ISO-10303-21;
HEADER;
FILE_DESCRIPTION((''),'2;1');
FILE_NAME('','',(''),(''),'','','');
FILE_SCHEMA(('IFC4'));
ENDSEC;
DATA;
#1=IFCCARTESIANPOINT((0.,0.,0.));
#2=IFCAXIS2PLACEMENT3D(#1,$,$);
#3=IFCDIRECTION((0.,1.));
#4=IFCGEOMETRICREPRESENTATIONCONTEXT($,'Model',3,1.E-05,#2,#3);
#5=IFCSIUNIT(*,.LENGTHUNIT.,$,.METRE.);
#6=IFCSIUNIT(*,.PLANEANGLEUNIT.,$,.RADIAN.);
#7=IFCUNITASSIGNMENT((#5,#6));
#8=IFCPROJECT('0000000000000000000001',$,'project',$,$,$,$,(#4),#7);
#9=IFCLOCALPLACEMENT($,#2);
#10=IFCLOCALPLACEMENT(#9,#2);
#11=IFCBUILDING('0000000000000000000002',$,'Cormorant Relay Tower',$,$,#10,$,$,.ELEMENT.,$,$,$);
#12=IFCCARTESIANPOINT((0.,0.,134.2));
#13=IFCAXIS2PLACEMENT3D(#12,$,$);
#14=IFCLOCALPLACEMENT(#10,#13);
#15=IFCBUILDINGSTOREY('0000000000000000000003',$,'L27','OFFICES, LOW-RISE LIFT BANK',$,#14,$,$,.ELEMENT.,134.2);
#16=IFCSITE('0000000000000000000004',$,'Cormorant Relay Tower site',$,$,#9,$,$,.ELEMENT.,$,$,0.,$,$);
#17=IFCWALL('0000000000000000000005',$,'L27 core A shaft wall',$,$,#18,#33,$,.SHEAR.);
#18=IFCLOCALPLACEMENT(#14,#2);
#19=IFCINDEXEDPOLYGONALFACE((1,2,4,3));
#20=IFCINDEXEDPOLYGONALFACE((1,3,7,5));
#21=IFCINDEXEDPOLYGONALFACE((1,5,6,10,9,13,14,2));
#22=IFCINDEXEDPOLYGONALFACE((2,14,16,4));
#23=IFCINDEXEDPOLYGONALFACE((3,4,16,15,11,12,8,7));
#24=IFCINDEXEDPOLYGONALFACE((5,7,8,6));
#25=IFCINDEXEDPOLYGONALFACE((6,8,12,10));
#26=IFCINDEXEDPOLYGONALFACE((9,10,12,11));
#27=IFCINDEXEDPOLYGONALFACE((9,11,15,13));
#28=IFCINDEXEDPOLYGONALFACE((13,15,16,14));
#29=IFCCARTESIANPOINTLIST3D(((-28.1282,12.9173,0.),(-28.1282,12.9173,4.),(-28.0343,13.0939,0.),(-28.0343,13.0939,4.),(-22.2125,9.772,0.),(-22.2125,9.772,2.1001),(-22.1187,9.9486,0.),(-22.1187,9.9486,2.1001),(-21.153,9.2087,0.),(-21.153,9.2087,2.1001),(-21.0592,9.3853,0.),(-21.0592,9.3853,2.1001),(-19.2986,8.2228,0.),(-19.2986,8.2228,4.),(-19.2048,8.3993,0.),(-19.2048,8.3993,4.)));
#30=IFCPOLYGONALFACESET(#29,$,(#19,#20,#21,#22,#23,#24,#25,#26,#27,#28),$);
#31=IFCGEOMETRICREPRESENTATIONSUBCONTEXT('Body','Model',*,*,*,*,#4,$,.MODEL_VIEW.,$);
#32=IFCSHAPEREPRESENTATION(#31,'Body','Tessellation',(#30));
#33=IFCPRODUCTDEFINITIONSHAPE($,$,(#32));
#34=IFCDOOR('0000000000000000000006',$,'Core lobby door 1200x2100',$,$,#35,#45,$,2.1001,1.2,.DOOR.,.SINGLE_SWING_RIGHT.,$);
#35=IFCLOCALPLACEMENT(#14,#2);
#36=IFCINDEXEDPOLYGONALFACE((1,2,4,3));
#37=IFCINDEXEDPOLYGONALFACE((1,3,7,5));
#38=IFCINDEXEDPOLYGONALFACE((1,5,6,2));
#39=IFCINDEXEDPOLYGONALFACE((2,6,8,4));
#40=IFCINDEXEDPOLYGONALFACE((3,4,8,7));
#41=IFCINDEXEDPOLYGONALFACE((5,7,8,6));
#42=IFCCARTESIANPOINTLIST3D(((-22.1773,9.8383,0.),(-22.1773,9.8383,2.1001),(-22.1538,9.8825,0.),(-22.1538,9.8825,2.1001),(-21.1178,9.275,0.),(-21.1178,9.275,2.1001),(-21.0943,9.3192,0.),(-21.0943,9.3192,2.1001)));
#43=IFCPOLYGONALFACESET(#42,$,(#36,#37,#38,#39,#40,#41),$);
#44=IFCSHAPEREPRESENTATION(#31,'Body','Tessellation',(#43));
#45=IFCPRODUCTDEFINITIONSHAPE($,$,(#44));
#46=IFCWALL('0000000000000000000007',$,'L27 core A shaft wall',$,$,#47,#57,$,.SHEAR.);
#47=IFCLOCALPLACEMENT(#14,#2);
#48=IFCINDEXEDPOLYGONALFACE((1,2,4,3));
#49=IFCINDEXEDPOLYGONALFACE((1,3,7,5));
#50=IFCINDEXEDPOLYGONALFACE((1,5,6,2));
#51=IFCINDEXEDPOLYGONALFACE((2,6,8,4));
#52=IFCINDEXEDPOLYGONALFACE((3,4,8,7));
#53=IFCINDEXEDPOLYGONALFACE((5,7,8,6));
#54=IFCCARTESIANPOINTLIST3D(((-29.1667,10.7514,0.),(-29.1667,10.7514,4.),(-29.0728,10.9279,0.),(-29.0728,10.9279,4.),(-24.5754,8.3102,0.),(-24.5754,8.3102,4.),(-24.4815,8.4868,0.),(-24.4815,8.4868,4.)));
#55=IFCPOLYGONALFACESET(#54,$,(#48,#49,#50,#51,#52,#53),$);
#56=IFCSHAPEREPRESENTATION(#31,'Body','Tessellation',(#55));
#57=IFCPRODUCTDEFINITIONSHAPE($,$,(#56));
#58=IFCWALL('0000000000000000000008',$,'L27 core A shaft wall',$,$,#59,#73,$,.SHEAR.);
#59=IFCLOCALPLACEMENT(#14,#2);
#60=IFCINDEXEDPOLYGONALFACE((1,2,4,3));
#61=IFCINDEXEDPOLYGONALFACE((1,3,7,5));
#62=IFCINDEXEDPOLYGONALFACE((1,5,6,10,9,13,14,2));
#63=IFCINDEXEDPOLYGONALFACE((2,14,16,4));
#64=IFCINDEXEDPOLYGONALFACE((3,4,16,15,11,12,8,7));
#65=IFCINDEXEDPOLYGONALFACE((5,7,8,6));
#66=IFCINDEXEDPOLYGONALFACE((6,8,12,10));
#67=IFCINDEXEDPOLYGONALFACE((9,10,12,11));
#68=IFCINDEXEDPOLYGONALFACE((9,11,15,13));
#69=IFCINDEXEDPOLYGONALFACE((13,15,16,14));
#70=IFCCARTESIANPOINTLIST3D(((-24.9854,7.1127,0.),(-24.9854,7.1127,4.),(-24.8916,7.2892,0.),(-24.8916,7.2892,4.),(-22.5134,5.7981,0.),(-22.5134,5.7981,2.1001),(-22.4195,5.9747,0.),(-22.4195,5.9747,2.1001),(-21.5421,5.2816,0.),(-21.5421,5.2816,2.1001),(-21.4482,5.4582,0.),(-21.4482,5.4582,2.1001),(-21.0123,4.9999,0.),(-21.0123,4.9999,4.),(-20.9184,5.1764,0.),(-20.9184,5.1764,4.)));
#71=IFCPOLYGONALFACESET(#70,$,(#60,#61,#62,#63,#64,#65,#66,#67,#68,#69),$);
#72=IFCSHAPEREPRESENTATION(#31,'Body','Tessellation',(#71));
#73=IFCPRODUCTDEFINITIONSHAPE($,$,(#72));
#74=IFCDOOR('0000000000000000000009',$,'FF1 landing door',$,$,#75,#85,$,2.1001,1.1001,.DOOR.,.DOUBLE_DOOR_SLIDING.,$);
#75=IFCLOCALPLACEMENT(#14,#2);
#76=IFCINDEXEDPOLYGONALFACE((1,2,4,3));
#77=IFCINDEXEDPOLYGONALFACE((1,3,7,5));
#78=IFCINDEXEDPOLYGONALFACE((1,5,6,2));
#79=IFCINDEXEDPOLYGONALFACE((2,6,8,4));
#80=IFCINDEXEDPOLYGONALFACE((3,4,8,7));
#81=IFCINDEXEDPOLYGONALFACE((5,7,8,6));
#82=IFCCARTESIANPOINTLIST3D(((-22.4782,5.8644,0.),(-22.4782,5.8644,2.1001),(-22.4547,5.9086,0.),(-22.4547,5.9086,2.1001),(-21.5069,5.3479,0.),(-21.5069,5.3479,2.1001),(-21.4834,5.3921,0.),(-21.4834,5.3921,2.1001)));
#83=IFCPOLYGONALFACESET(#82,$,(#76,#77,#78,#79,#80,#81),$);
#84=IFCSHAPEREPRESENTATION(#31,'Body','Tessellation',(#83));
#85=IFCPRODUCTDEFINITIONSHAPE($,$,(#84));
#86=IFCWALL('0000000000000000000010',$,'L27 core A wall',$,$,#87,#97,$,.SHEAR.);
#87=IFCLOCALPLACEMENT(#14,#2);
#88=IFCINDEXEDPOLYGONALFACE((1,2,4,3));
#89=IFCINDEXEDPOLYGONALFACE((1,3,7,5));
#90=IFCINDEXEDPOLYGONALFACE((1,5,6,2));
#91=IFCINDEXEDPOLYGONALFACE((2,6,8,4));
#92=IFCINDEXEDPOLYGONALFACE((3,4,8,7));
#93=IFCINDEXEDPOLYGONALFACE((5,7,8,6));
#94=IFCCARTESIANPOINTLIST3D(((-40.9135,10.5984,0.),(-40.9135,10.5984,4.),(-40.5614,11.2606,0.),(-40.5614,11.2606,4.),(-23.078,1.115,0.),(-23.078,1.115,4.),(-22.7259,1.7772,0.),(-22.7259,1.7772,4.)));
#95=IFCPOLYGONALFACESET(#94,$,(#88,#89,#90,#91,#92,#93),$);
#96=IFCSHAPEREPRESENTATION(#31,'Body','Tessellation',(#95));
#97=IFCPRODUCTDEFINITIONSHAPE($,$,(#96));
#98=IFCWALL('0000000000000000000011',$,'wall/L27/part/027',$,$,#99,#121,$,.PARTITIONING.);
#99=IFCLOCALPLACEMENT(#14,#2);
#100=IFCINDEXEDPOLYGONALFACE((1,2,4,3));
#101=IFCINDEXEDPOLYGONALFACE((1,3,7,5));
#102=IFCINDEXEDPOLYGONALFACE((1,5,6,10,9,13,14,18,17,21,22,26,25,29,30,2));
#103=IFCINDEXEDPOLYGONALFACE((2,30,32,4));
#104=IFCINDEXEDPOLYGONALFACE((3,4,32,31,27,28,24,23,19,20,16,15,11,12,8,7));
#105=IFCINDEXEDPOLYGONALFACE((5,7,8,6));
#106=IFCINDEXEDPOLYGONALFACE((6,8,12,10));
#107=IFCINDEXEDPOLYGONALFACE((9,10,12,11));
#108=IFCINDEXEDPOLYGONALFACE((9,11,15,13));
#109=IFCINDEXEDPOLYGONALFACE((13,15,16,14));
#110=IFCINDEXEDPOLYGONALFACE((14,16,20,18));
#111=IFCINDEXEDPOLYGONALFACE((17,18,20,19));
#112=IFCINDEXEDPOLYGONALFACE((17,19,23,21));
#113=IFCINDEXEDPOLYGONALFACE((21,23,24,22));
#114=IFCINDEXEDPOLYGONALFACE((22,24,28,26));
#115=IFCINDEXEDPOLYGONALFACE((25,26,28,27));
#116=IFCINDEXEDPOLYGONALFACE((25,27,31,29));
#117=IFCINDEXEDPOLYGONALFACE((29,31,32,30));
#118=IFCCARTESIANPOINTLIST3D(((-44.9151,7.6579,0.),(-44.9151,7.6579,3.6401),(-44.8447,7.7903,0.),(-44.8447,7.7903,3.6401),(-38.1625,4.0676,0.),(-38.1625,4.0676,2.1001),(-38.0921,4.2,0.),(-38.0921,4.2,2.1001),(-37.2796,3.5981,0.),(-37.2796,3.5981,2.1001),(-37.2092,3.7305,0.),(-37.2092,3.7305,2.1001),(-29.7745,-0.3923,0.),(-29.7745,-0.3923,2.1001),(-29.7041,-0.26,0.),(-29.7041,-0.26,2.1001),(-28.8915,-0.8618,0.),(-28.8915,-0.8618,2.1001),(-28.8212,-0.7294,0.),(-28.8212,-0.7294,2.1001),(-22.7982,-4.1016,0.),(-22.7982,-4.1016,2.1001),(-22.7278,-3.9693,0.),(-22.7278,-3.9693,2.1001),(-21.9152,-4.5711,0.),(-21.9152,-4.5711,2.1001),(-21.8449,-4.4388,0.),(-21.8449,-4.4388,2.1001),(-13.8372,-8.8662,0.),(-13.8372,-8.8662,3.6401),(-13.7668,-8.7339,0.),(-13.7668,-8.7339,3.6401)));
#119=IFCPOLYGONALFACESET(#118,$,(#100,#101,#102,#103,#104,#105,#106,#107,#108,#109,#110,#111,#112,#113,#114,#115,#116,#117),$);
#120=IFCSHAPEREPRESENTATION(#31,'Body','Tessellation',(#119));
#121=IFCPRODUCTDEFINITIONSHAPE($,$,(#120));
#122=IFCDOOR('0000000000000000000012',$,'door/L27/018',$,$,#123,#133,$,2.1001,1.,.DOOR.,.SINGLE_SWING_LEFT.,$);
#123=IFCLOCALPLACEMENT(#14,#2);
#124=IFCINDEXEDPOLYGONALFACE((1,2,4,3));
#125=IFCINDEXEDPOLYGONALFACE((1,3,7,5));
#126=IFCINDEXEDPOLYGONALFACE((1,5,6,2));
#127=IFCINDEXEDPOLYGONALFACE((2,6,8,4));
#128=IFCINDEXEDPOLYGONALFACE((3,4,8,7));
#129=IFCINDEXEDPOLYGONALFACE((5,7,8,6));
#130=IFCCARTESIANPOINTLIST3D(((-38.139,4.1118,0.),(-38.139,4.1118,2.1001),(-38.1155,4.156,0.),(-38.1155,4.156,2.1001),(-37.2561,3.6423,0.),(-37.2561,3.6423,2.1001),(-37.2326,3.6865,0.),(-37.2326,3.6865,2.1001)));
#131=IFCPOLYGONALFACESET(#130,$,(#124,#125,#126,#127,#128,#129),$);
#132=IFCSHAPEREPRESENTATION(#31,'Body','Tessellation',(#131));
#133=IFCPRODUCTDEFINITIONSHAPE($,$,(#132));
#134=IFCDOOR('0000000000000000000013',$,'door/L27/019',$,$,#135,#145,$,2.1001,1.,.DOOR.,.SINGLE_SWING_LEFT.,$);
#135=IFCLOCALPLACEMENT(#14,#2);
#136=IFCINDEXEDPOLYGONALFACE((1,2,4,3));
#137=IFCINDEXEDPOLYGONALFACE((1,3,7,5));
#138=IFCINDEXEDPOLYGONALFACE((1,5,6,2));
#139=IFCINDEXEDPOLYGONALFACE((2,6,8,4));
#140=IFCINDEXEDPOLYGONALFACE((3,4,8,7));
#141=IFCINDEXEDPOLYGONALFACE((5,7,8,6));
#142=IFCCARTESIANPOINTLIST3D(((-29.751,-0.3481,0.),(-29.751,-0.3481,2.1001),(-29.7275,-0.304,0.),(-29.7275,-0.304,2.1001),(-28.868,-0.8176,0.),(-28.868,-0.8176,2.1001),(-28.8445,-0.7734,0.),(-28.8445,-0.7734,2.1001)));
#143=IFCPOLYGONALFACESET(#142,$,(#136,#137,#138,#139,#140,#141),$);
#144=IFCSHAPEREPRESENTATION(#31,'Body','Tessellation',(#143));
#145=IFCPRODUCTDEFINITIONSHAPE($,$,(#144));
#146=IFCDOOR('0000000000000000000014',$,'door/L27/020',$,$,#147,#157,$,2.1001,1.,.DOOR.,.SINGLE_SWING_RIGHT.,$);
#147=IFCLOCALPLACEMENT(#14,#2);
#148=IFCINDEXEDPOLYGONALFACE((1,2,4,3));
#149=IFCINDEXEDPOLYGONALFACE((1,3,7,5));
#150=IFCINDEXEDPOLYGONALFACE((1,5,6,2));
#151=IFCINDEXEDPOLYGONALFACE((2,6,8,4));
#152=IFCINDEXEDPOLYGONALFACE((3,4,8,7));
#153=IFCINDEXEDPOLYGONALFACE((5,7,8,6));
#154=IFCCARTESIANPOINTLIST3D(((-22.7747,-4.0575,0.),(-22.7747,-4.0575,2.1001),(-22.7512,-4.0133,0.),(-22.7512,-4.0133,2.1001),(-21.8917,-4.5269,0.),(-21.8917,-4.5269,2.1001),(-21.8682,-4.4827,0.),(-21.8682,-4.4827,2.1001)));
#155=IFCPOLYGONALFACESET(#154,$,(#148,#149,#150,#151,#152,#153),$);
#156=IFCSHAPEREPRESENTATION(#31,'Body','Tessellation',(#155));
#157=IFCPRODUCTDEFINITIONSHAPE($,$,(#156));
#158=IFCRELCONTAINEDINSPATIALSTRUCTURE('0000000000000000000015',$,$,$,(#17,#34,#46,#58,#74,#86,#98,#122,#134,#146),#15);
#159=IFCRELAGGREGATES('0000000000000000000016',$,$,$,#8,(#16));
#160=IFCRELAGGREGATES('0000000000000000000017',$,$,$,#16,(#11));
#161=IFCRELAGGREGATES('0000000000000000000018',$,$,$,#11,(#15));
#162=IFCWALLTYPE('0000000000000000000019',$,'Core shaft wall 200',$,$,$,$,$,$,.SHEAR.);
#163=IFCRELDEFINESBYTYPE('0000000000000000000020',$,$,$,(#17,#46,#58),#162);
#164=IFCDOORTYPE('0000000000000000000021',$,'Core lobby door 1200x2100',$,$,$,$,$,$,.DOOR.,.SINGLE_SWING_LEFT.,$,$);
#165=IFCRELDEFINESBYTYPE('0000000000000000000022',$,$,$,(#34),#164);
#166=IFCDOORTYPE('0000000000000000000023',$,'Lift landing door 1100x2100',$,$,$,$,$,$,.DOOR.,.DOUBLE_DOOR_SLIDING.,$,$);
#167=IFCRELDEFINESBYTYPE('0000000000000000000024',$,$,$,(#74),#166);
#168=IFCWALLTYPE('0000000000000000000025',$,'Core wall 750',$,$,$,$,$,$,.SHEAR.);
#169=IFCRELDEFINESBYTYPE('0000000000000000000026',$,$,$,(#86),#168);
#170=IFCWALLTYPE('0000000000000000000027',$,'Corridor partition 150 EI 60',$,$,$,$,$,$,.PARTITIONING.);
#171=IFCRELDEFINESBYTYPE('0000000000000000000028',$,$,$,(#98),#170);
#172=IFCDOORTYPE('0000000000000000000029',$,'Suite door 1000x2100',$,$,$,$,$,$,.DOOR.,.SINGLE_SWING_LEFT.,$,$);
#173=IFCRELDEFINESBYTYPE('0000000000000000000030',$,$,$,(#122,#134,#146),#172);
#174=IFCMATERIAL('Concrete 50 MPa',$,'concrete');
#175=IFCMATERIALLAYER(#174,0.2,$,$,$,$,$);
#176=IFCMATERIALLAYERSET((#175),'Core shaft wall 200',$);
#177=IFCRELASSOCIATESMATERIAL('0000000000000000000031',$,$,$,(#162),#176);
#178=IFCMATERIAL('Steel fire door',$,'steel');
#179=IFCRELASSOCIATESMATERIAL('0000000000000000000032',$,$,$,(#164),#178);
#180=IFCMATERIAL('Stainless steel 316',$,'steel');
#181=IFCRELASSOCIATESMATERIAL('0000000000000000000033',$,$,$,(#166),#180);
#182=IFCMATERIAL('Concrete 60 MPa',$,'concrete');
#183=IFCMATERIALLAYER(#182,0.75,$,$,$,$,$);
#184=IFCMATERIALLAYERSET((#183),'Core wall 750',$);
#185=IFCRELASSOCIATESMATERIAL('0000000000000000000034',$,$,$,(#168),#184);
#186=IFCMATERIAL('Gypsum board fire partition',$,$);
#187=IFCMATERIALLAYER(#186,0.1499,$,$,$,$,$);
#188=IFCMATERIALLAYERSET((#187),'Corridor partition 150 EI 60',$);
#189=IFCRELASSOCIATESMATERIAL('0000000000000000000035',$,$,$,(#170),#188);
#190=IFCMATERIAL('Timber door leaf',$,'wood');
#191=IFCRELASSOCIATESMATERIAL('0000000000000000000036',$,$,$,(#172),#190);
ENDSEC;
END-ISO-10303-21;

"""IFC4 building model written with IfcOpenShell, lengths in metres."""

from ifc_helpers import new_model, si_unit, direction, frame, frame_2d, origin, place, context, subcontext, project, spatial, rectangle, extrude, material, layer, layer_set, type_object, element, fill, save


model = new_model("IFC4")

# Units and contexts
model_context = context("Model", 3, precision=1e-05, world=origin(), true_north=direction((0.0, 1.0)))
body_context = subcontext(model_context, "Body", "Model", "MODEL_VIEW")
ifc_project = project(units=[si_unit("LENGTHUNIT", "METRE"), si_unit("PLANEANGLEUNIT", "RADIAN")], contexts=[model_context])

# Site, building, storey
site_placement = place(None, origin())
site = spatial("IfcSite", under=ifc_project, at=site_placement, Name="Cormorant Relay Tower site", CompositionType="ELEMENT", RefElevation=0.0)
building_placement = place(site_placement, origin())
building = spatial("IfcBuilding", under=site, at=building_placement, Name="Cormorant Relay Tower", CompositionType="ELEMENT")
storey_placement = place(building_placement, frame((0.0, 0.0, 134.2)))
storey = spatial("IfcBuildingStorey", under=building, at=storey_placement, Name="L27", Description="OFFICES, LOW-RISE LIFT BANK", CompositionType="ELEMENT", Elevation=134.2)

# Shared definitions
ifc_material_1 = material(Name="Concrete 50 MPa", Category="concrete")
ifc_layer_1 = layer(ifc_material_1, 0.2)
ifc_layer_set_1 = layer_set([ifc_layer_1], Name="Core shaft wall 200")
wall_type_1 = type_object("IfcWallType", Name="Core shaft wall 200", PredefinedType="SHEAR", material=ifc_layer_set_1)

# Wall, opening, door
wall_1_placement = place(storey_placement, frame((-19.2517, 8.311, 0.0), z_axis=(0.0, 0.0, 1.0), x_axis=(-0.882956, 0.469456, 0.0)))
wall_1 = element("IfcWall", 1, at=wall_1_placement, inside=storey, type_object=wall_type_1, Name="L27 core A shaft wall", PredefinedType="SHEAR", context=body_context, shape_type="SweptSolid", body=[
    extrude(rectangle(XDim=10.0, YDim=0.2, at=frame_2d((5.0, 0.0))), origin(), (0.0, 0.0, 1.0), 4.0),
])
opening_1_placement = place(wall_1_placement, frame((2.1001, 0.0, 0.0)))
opening_1 = element("IfcOpeningElement", 2, at=opening_1_placement, cuts=wall_1, PredefinedType="OPENING", context=body_context, shape_type="SweptSolid", body=[
    extrude(rectangle(XDim=1.2, YDim=2.1001, at=frame_2d((0.6001, 1.05))), frame((0.0, 0.1099, 0.0), z_axis=(0.0, -1.0, 0.0), x_axis=(1.0, 0.0, 0.0)), (0.0, 0.0, 1.0), 0.22),
])
ifc_material_2 = material(Name="Steel fire door", Category="steel")
door_type_1 = type_object("IfcDoorType", Name="Core lobby door 1200x2100", OperationType="SINGLE_SWING_LEFT", PredefinedType="DOOR", material=ifc_material_2)
door_1_placement = place(opening_1_placement, origin())
door_1 = element("IfcDoor", 3, at=door_1_placement, inside=storey, type_object=door_type_1, Name="Core lobby door 1200x2100", OperationType="SINGLE_SWING_RIGHT", OverallHeight=2.1001, OverallWidth=1.2, PredefinedType="DOOR", context=body_context, shape_type="SweptSolid", body=[
    extrude(rectangle(XDim=1.2, YDim=2.1001, at=frame_2d((0.6001, 1.05))), frame((0.0, 0.0249, 0.0), z_axis=(0.0, -1.0, 0.0), x_axis=(1.0, 0.0, 0.0)), (0.0, 0.0, 1.0), 0.05),
])
fill(opening_1, door_1)

# Wall
wall_2_placement = place(storey_placement, frame((-24.5283, 8.3984, 0.0), z_axis=(0.0, 0.0, 1.0), x_axis=(-0.882954, 0.46946, 0.0)))
element("IfcWall", 4, at=wall_2_placement, inside=storey, type_object=wall_type_1, Name="L27 core A shaft wall", PredefinedType="SHEAR", context=body_context, shape_type="SweptSolid", body=[
    extrude(rectangle(XDim=5.2, YDim=0.2, at=frame_2d((2.6001, 0.0))), origin(), (0.0, 0.0, 1.0), 4.0),
])

# Wall, opening, door
wall_3_placement = place(storey_placement, frame((-20.9653, 5.0881, 0.0), z_axis=(0.0, 0.0, 1.0), x_axis=(-0.882926, 0.469512, 0.0)))
wall_3 = element("IfcWall", 5, at=wall_3_placement, inside=storey, type_object=wall_type_1, Name="L27 core A shaft wall", PredefinedType="SHEAR", context=body_context, shape_type="SweptSolid", body=[
    extrude(rectangle(XDim=4.5, YDim=0.2, at=frame_2d((2.25, 0.0))), origin(), (0.0, 0.0, 1.0), 4.0),
])
opening_2_placement = place(wall_3_placement, frame((0.6001, 0.0, 0.0)))
opening_2 = element("IfcOpeningElement", 6, at=opening_2_placement, cuts=wall_3, PredefinedType="OPENING", context=body_context, shape_type="SweptSolid", body=[
    extrude(rectangle(XDim=1.1001, YDim=2.1001, at=frame_2d((0.55, 1.05))), frame((0.0, 0.1099, 0.0), z_axis=(0.0, -1.0, 0.0), x_axis=(1.0, 0.0, 0.0)), (0.0, 0.0, 1.0), 0.22),
])
ifc_material_3 = material(Name="Stainless steel 316", Category="steel")
door_type_2 = type_object("IfcDoorType", Name="Lift landing door 1100x2100", OperationType="DOUBLE_DOOR_SLIDING", PredefinedType="DOOR", material=ifc_material_3)
door_2_placement = place(opening_2_placement, origin())
door_2 = element("IfcDoor", 7, at=door_2_placement, inside=storey, type_object=door_type_2, Name="FF1 landing door", OperationType="DOUBLE_DOOR_SLIDING", OverallHeight=2.1001, OverallWidth=1.1001, PredefinedType="DOOR", context=body_context, shape_type="SweptSolid", body=[
    extrude(rectangle(XDim=1.1001, YDim=2.1001, at=frame_2d((0.55, 1.05))), frame((0.0, 0.0249, 0.0), z_axis=(0.0, -1.0, 0.0), x_axis=(1.0, 0.0, 0.0)), (0.0, 0.0, 1.0), 0.05),
])
fill(opening_2, door_2)

# Wall
ifc_material_4 = material(Name="Concrete 60 MPa", Category="concrete")
ifc_layer_2 = layer(ifc_material_4, 0.75)
ifc_layer_set_2 = layer_set([ifc_layer_2], Name="Core wall 750")
wall_type_2 = type_object("IfcWallType", Name="Core wall 750", PredefinedType="SHEAR", material=ifc_layer_set_2)
wall_4_placement = place(storey_placement, frame((-22.9019, 1.446, 0.0), z_axis=(0.0, 0.0, 1.0), x_axis=(-0.882945, 0.469476, 0.0)))
element("IfcWall", 8, at=wall_4_placement, inside=storey, type_object=wall_type_2, Name="L27 core A wall", PredefinedType="SHEAR", context=body_context, shape_type="SweptSolid", body=[
    extrude(rectangle(XDim=20.2, YDim=0.75, at=frame_2d((10.1001, 0.0))), origin(), (0.0, 0.0, 1.0), 4.0),
])

# Wall, openings, doors
ifc_material_5 = material(Name="Gypsum board fire partition")
ifc_layer_3 = layer(ifc_material_5, 0.1499)
ifc_layer_set_3 = layer_set([ifc_layer_3], Name="Corridor partition 150 EI 60")
wall_type_3 = type_object("IfcWallType", Name="Corridor partition 150 EI 60", PredefinedType="PARTITIONING", material=ifc_layer_set_3)
wall_5_placement = place(storey_placement, frame((-13.802, -8.8, 0.0), z_axis=(0.0, 0.0, 1.0), x_axis=(-0.88295, 0.469466, 0.0)))
wall_5 = element("IfcWall", 9, at=wall_5_placement, inside=storey, type_object=wall_type_3, Name="wall/L27/part/027", PredefinedType="PARTITIONING", context=body_context, shape_type="SweptSolid", body=[
    extrude(rectangle(XDim=35.1978, YDim=0.1499, at=frame_2d((17.5989, 0.0))), origin(), (0.0, 0.0, 1.0), 3.6401),
])
opening_3_placement = place(wall_5_placement, frame((26.55, 0.0, 0.0)))
opening_3 = element("IfcOpeningElement", 10, at=opening_3_placement, cuts=wall_5, PredefinedType="OPENING", context=body_context, shape_type="SweptSolid", body=[
    extrude(rectangle(XDim=1.0, YDim=2.1001, at=frame_2d((0.5, 1.05))), frame((0.0, 0.085, 0.0), z_axis=(0.0, -1.0, 0.0), x_axis=(1.0, 0.0, 0.0)), (0.0, 0.0, 1.0), 0.1699),
])
opening_4_placement = place(wall_5_placement, frame((17.05, 0.0, 0.0)))
opening_4 = element("IfcOpeningElement", 11, at=opening_4_placement, cuts=wall_5, PredefinedType="OPENING", context=body_context, shape_type="SweptSolid", body=[
    extrude(rectangle(XDim=1.0, YDim=2.1001, at=frame_2d((0.5, 1.05))), frame((0.0, 0.085, 0.0), z_axis=(0.0, -1.0, 0.0), x_axis=(1.0, 0.0, 0.0)), (0.0, 0.0, 1.0), 0.1699),
])
opening_5_placement = place(wall_5_placement, frame((9.1489, 0.0, 0.0)))
opening_5 = element("IfcOpeningElement", 12, at=opening_5_placement, cuts=wall_5, PredefinedType="OPENING", context=body_context, shape_type="SweptSolid", body=[
    extrude(rectangle(XDim=1.0, YDim=2.1001, at=frame_2d((0.5, 1.05))), frame((0.0, 0.085, 0.0), z_axis=(0.0, -1.0, 0.0), x_axis=(1.0, 0.0, 0.0)), (0.0, 0.0, 1.0), 0.1699),
])
ifc_material_6 = material(Name="Timber door leaf", Category="wood")
door_type_3 = type_object("IfcDoorType", Name="Suite door 1000x2100", OperationType="SINGLE_SWING_LEFT", PredefinedType="DOOR", material=ifc_material_6)
door_3_placement = place(opening_3_placement, origin())
door_3 = element("IfcDoor", 13, at=door_3_placement, inside=storey, type_object=door_type_3, Name="door/L27/018", OperationType="SINGLE_SWING_LEFT", OverallHeight=2.1001, OverallWidth=1.0, PredefinedType="DOOR", context=body_context, shape_type="SweptSolid", body=[
    extrude(rectangle(XDim=1.0, YDim=2.1001, at=frame_2d((0.5, 1.05))), frame((0.0, 0.0249, 0.0), z_axis=(0.0, -1.0, 0.0), x_axis=(1.0, 0.0, 0.0)), (0.0, 0.0, 1.0), 0.05),
])
fill(opening_3, door_3)
door_4_placement = place(opening_4_placement, origin())
door_4 = element("IfcDoor", 14, at=door_4_placement, inside=storey, type_object=door_type_3, Name="door/L27/019", OperationType="SINGLE_SWING_LEFT", OverallHeight=2.1001, OverallWidth=1.0, PredefinedType="DOOR", context=body_context, shape_type="SweptSolid", body=[
    extrude(rectangle(XDim=1.0, YDim=2.1001, at=frame_2d((0.5, 1.05))), frame((0.0, 0.0249, 0.0), z_axis=(0.0, -1.0, 0.0), x_axis=(1.0, 0.0, 0.0)), (0.0, 0.0, 1.0), 0.05),
])
fill(opening_4, door_4)
door_5_placement = place(opening_5_placement, origin())
door_5 = element("IfcDoor", 15, at=door_5_placement, inside=storey, type_object=door_type_3, Name="door/L27/020", OperationType="SINGLE_SWING_RIGHT", OverallHeight=2.1001, OverallWidth=1.0, PredefinedType="DOOR", context=body_context, shape_type="SweptSolid", body=[
    extrude(rectangle(XDim=1.0, YDim=2.1001, at=frame_2d((0.5, 1.05))), frame((0.0, 0.0249, 0.0), z_axis=(0.0, -1.0, 0.0), x_axis=(1.0, 0.0, 0.0)), (0.0, 0.0, 1.0), 0.05),
])
fill(opening_5, door_5)

save(model, "model.ifc")
